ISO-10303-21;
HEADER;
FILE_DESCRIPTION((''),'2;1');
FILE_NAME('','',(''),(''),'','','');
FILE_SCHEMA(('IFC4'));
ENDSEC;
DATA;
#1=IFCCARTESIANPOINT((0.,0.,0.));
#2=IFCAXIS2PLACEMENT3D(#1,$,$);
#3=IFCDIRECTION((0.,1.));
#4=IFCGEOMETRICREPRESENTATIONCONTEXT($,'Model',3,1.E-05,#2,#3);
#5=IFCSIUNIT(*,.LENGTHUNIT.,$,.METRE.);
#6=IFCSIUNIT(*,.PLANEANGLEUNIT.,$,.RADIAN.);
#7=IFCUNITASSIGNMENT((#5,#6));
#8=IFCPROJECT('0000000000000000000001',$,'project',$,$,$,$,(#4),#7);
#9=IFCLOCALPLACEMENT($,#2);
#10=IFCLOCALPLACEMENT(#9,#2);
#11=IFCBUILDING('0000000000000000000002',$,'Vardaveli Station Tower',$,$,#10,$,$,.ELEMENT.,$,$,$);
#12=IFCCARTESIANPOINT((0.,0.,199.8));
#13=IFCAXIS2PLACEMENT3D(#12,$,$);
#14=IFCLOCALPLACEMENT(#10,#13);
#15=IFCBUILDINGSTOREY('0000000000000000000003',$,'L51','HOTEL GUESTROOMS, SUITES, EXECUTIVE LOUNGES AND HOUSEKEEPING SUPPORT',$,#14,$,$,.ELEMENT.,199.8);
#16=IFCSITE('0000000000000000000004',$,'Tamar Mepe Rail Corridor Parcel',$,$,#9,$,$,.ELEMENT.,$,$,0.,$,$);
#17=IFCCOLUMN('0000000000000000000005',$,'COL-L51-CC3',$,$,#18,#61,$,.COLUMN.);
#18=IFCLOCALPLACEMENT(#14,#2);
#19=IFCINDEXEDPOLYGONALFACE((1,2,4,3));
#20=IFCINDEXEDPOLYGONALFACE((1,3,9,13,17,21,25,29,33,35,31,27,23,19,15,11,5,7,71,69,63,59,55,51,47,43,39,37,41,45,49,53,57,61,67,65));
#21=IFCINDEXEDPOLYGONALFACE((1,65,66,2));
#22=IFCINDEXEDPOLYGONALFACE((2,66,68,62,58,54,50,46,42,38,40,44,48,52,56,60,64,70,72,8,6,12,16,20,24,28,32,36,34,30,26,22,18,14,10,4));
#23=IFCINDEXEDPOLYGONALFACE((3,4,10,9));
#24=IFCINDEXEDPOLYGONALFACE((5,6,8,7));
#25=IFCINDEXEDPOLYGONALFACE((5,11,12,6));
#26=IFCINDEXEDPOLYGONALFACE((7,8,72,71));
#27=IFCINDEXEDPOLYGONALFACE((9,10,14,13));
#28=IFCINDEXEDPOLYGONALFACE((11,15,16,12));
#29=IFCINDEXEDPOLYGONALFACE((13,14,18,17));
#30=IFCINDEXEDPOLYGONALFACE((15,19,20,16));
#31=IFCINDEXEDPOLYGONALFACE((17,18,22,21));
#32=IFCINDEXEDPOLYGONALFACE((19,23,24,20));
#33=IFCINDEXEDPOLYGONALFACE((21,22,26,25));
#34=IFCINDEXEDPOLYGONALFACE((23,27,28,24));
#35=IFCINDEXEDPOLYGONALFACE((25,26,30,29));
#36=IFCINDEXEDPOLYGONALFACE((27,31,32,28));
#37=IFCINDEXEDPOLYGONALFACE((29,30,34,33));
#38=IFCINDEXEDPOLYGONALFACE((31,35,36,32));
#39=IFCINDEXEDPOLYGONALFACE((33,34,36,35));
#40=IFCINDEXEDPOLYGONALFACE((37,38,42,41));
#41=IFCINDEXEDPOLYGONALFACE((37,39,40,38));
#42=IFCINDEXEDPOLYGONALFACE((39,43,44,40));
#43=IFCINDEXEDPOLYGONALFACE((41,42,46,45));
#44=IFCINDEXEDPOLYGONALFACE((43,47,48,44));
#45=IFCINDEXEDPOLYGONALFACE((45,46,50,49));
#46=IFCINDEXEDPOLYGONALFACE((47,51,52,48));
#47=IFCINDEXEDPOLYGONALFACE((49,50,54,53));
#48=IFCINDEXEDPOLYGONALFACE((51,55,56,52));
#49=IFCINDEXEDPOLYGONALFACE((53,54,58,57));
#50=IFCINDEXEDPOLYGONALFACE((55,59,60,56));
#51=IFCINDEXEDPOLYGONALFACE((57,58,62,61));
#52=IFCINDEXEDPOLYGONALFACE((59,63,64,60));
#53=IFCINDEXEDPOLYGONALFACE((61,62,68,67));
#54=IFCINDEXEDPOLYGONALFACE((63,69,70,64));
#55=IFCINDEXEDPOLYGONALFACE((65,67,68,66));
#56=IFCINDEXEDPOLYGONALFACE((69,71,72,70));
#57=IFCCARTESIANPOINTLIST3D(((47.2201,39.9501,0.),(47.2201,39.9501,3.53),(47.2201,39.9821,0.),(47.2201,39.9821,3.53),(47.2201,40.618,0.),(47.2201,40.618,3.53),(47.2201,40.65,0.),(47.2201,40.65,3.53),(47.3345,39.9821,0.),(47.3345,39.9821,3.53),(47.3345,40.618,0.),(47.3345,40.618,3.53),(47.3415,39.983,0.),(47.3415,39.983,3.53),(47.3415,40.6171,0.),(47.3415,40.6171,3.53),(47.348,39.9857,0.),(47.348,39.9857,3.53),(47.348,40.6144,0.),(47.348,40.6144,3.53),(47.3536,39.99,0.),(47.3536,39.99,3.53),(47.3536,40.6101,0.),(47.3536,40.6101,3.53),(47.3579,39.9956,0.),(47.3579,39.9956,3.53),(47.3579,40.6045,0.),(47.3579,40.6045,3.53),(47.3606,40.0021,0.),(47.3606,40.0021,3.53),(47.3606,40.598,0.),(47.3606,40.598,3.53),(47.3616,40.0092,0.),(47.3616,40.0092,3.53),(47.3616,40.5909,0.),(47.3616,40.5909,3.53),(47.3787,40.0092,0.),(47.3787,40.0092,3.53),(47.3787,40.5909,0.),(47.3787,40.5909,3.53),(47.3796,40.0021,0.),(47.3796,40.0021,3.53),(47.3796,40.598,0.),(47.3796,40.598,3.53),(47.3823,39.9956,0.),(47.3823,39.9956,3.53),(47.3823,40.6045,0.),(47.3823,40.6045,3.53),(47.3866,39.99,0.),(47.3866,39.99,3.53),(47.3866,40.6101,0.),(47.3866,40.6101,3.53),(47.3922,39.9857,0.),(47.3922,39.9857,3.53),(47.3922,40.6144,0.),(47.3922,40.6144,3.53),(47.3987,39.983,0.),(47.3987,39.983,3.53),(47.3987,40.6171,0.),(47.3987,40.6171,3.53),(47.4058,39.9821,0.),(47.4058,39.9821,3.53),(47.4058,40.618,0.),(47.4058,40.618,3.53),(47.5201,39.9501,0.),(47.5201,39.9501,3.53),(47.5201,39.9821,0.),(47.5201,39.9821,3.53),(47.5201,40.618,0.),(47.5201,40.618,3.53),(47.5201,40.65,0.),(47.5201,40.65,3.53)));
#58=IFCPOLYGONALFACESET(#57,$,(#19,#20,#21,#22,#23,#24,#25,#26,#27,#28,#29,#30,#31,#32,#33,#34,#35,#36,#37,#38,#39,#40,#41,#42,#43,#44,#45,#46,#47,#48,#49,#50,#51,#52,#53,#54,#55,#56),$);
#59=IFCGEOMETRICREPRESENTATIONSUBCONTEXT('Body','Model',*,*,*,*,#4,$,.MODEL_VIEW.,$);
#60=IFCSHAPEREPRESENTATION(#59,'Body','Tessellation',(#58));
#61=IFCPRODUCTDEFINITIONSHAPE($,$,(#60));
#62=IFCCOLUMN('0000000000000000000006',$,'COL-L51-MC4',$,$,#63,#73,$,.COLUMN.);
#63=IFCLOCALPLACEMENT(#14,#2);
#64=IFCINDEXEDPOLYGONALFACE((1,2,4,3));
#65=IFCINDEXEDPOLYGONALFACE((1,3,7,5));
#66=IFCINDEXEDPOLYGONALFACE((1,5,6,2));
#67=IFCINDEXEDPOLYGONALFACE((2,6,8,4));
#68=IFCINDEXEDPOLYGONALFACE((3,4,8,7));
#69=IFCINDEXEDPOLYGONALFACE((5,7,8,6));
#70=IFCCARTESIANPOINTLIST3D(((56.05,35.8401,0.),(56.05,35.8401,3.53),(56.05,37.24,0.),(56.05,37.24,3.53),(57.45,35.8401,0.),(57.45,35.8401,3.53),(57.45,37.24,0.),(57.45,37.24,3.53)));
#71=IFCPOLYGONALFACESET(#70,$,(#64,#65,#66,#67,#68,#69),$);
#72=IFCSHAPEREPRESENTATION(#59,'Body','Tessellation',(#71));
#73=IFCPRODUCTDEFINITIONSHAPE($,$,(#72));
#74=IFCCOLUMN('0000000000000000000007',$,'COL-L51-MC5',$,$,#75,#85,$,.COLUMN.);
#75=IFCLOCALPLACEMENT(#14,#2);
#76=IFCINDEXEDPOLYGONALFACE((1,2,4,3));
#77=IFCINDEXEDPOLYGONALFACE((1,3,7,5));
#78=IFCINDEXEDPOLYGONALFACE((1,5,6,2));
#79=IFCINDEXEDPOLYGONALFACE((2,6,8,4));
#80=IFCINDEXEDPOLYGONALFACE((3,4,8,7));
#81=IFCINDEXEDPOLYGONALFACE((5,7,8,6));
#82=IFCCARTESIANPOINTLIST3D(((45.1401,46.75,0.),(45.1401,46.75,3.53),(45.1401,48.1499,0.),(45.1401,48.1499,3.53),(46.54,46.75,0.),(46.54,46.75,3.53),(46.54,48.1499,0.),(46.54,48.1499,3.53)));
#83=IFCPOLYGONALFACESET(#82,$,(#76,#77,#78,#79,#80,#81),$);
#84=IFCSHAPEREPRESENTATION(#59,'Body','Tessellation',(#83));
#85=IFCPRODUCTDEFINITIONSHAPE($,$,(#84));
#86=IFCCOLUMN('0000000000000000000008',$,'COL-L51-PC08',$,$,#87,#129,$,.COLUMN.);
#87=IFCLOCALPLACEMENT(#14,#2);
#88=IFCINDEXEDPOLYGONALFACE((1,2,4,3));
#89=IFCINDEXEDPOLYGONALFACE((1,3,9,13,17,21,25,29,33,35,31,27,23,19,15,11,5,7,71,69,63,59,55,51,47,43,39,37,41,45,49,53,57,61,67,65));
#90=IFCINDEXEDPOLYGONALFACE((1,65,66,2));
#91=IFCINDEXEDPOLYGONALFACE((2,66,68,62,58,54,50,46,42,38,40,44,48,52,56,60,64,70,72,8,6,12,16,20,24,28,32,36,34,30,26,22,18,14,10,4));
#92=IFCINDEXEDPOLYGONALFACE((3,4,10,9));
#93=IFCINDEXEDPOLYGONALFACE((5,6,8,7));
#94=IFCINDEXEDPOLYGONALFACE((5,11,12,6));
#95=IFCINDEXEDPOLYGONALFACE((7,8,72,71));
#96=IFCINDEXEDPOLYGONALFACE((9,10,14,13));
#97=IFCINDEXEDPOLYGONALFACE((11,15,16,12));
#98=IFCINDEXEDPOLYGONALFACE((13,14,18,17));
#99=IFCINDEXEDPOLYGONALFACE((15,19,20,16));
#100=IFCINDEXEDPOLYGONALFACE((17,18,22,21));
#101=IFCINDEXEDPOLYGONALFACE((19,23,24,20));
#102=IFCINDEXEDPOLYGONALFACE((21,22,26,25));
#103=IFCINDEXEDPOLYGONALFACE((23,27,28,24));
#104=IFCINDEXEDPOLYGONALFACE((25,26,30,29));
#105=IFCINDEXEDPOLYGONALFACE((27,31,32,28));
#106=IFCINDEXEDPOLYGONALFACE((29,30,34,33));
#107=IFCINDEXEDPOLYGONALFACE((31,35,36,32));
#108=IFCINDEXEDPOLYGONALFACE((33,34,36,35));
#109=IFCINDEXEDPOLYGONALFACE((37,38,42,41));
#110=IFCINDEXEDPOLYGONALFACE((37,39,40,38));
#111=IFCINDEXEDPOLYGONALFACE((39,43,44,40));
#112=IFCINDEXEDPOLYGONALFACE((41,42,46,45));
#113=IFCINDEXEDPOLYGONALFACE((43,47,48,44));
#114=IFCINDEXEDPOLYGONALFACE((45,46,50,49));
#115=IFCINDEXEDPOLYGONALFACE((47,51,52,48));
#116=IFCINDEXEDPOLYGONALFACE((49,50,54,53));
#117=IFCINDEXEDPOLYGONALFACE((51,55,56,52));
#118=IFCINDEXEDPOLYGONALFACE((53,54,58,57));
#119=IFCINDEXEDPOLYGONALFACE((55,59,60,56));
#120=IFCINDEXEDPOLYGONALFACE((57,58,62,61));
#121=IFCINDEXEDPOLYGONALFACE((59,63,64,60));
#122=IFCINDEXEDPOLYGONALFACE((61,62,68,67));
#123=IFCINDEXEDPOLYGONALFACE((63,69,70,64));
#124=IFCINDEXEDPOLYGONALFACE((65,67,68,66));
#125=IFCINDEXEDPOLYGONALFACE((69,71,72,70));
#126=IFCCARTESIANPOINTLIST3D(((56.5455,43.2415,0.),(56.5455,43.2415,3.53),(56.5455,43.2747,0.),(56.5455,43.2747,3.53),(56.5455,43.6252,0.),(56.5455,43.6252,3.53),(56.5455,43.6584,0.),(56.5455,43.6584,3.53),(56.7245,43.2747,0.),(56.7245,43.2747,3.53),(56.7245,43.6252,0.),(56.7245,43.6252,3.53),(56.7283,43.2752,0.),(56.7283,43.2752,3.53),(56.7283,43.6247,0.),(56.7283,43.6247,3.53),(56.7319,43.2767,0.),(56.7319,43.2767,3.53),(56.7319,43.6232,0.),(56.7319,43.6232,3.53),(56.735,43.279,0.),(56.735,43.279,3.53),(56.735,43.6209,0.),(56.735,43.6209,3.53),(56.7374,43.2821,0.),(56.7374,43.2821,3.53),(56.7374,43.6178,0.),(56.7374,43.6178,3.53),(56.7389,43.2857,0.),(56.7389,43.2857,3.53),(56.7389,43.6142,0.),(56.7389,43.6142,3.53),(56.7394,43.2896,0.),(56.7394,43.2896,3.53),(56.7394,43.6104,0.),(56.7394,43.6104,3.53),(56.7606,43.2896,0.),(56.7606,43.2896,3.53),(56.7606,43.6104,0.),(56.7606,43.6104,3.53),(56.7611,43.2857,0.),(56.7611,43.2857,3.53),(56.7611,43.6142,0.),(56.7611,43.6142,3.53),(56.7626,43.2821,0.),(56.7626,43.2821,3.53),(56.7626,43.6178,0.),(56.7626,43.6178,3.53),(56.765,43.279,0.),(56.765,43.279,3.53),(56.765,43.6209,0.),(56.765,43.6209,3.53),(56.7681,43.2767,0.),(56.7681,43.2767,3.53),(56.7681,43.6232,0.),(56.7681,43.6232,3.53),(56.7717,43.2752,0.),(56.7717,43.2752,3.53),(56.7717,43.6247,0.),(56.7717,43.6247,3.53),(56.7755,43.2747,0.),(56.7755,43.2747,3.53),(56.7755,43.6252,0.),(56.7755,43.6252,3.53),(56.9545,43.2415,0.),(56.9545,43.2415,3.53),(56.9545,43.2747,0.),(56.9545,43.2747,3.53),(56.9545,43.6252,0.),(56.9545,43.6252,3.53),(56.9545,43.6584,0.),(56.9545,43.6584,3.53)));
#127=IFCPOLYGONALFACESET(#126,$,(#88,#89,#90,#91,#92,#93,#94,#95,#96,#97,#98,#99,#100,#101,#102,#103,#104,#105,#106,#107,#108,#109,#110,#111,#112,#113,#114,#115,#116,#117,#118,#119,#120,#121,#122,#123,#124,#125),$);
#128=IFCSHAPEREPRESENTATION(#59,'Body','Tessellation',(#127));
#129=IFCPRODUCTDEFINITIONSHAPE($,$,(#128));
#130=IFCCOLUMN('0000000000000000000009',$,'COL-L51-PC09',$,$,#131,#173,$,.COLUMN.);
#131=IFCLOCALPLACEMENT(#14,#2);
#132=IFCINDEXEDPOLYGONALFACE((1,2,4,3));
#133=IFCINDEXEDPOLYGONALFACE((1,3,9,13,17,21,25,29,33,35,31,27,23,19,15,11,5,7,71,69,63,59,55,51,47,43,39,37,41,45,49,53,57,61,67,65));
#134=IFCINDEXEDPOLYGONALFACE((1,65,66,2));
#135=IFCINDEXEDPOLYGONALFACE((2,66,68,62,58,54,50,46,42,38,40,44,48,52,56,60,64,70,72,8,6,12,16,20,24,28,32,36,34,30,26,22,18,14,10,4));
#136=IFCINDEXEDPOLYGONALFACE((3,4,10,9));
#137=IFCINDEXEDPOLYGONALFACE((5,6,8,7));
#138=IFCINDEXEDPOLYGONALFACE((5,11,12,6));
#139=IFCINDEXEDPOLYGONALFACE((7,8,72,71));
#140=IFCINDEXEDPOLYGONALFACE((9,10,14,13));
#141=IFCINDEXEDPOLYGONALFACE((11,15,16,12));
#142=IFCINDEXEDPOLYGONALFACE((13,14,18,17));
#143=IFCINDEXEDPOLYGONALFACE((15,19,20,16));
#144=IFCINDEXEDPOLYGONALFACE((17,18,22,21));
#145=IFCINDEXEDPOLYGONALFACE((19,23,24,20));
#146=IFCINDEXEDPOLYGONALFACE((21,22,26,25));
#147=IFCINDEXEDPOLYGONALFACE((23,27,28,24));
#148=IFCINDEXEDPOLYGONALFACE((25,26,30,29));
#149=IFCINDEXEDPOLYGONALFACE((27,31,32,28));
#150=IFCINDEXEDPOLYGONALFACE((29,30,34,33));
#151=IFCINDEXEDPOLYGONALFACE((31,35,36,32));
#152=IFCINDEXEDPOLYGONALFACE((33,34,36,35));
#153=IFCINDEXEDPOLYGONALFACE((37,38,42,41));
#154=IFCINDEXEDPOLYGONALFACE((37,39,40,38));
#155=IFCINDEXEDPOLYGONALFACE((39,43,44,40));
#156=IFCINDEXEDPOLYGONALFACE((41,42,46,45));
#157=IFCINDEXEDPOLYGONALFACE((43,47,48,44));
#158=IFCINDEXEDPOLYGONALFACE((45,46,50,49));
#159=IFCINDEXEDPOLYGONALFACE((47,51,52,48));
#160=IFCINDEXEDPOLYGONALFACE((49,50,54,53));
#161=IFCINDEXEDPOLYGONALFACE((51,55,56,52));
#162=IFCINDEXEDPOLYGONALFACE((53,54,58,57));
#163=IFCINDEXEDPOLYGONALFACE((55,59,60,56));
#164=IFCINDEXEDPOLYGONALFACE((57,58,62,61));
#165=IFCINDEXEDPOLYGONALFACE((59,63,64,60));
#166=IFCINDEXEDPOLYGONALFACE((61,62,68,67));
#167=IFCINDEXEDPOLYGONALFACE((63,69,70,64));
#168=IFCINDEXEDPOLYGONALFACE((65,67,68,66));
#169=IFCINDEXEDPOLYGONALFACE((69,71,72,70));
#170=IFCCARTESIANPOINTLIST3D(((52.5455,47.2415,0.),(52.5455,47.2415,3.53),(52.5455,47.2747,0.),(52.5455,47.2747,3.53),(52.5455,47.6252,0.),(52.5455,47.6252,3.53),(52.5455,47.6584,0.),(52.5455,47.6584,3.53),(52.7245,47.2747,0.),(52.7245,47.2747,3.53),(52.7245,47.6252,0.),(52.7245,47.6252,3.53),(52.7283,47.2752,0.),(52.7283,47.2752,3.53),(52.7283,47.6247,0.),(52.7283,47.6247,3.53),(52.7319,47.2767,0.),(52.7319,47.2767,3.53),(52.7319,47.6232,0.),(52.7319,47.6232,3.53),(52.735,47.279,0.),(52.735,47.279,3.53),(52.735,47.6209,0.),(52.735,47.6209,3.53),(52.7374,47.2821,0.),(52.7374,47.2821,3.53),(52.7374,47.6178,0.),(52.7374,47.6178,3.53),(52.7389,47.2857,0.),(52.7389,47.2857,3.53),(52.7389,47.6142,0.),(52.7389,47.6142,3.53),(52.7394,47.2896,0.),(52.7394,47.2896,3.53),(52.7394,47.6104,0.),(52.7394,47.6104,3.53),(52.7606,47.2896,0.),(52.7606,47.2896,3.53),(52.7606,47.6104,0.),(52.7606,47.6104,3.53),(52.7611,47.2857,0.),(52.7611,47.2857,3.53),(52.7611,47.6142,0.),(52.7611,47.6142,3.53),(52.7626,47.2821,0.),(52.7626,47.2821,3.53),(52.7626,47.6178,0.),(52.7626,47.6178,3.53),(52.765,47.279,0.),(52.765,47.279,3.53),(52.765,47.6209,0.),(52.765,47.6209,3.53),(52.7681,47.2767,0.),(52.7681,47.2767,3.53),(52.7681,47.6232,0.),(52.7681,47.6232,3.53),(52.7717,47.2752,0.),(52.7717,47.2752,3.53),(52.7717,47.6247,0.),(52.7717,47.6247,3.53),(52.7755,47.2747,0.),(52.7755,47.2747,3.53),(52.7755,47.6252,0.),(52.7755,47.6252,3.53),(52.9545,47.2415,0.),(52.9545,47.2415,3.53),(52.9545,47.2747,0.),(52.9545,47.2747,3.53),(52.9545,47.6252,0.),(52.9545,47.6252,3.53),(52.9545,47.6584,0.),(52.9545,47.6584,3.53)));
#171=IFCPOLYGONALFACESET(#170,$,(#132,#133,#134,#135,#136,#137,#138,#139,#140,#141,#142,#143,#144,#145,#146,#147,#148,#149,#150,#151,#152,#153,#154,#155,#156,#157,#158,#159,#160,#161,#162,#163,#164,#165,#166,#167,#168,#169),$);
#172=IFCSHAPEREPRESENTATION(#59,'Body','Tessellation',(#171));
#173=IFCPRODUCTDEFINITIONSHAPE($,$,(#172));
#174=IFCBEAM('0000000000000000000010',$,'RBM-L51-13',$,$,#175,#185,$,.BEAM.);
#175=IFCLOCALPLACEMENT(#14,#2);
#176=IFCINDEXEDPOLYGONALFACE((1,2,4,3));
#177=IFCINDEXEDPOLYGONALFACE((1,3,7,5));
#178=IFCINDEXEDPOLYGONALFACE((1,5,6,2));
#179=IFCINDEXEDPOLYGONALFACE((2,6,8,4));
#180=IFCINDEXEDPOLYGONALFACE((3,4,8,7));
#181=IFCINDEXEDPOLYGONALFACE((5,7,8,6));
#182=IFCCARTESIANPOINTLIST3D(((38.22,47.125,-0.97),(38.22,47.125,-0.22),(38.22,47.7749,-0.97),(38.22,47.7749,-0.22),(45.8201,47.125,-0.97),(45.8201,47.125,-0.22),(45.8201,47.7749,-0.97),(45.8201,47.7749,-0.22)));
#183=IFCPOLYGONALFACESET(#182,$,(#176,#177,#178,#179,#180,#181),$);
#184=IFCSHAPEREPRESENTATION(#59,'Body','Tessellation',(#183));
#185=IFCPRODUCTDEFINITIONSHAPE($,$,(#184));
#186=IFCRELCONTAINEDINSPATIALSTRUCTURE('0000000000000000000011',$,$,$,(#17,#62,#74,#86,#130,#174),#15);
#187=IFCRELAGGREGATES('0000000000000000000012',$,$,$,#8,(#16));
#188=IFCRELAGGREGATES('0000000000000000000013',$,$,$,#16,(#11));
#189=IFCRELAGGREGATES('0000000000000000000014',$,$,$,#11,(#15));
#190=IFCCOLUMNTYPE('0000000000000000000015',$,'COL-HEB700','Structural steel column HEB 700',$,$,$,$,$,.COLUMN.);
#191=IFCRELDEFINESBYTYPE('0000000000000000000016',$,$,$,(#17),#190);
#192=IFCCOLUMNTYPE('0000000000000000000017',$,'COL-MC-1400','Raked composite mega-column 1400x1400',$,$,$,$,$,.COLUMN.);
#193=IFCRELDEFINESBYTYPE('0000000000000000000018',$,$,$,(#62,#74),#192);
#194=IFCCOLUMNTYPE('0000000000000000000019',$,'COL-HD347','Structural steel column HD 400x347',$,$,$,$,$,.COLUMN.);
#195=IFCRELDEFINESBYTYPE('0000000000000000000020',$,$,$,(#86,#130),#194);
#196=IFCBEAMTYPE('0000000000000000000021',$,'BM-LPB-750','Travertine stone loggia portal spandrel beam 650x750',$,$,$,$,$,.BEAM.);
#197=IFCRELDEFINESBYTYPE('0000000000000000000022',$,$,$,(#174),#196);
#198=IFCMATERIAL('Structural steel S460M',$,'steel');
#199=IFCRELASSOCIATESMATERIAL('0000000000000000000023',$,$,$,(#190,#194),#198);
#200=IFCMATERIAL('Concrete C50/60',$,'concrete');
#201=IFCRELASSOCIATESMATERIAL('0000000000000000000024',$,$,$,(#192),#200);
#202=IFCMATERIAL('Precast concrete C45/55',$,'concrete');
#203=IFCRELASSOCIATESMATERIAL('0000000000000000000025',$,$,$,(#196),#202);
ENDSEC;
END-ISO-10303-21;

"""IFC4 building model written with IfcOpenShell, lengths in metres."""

from ifc_helpers import new_model, si_unit, direction, frame, origin, origin_2d, place, context, subcontext, project, spatial, rectangle, i_section, extrude, source, transform, mapped, material, material_profile, profile_set, type_object, element, save


model = new_model("IFC4")

# Units and contexts
model_context = context("Model", 3, precision=1e-05, world=origin(), true_north=direction((0.0, 1.0)))
body_context = subcontext(model_context, "Body", "Model", "MODEL_VIEW")
ifc_project = project(units=[si_unit("LENGTHUNIT", "METRE"), si_unit("PLANEANGLEUNIT", "RADIAN")], contexts=[model_context])

# Site, building, storey
site_placement = place(None, origin())
site = spatial("IfcSite", under=ifc_project, at=site_placement, Name="Tamar Mepe Rail Corridor Parcel", CompositionType="ELEMENT", RefElevation=0.0)
building_placement = place(site_placement, origin())
building = spatial("IfcBuilding", under=site, at=building_placement, Name="Vardaveli Station Tower", CompositionType="ELEMENT")
storey_placement = place(building_placement, frame((0.0, 0.0, 199.8)))
storey = spatial("IfcBuildingStorey", under=building, at=storey_placement, Name="L51", Description="HOTEL GUESTROOMS, SUITES, EXECUTIVE LOUNGES AND HOUSEKEEPING SUPPORT", CompositionType="ELEMENT", Elevation=199.8)

# Columns
ifc_material_1 = material(Name="Structural steel S460M", Category="steel")
ifc_material_profile_1 = material_profile(ifc_material_1, i_section(OverallWidth=0.3, OverallDepth=0.7, WebThickness=0.0171, FlangeThickness=0.032, FilletRadius=0.0271, at=origin_2d()), Name="HEB 700")
ifc_profile_set_1 = profile_set([ifc_material_profile_1], Name="Structural steel S460M")
column_type_1 = type_object("IfcColumnType", Name="COL-HEB700", Description="Structural steel column HEB 700", PredefinedType="COLUMN", material=ifc_profile_set_1)
shared_shape_1 = source(origin(), body_context, "Body", "SweptSolid", [
    extrude(i_section(OverallWidth=0.3, OverallDepth=0.7, WebThickness=0.0171, FlangeThickness=0.032, FilletRadius=0.0271, at=origin_2d()), origin(), (0.0, 0.0, 1.0), 3.53),
])
column_placement = place(storey_placement, frame((47.3701, 40.3, 0.0), z_axis=(0.0, 0.0, 1.0), x_axis=(1.0, 0.0, 0.0)))
element("IfcColumn", 1, at=column_placement, inside=storey, type_object=column_type_1, Name="COL-L51-CC3", PredefinedType="COLUMN", context=body_context, shape_type="MappedRepresentation", body=[
    mapped(shared_shape_1, transform((0.0, 0.0, 0.0), scale=1.0)),
])
ifc_material_2 = material(Name="Concrete C50/60", Category="concrete")
ifc_material_profile_2 = material_profile(ifc_material_2, rectangle(XDim=1.3999, YDim=1.3999, at=origin_2d()), Name="MC 1400x1400")
ifc_profile_set_2 = profile_set([ifc_material_profile_2], Name="Concrete C50/60")
column_type_2 = type_object("IfcColumnType", Name="COL-MC-1400", Description="Raked composite mega-column 1400x1400", PredefinedType="COLUMN", material=ifc_profile_set_2)
shared_shape_2 = source(origin(), body_context, "Body", "SweptSolid", [
    extrude(rectangle(XDim=1.3999, YDim=1.3999, at=origin_2d()), origin(), (0.0, 0.0, 1.0), 3.53),
])
for number, where, z_axis, x_axis, name in (
    (2, (56.75, 36.54, 0.0), (0.0, 0.0, 1.0), (1.0, 0.0, 0.0), "COL-L51-MC4"),
    (3, (45.8401, 47.45, 0.0), (0.0, 0.0, 1.0), (1.0, 0.0, 0.0), "COL-L51-MC5"),
):
    element("IfcColumn", number, at=place(storey_placement, frame(where, z_axis=z_axis, x_axis=x_axis)), inside=storey, type_object=column_type_2, Name=name, PredefinedType="COLUMN", context=body_context, shape_type="MappedRepresentation", body=[
        mapped(shared_shape_2, transform((0.0, 0.0, 0.0), scale=1.0)),
    ])
ifc_material_profile_3 = material_profile(ifc_material_1, i_section(OverallWidth=0.4089, OverallDepth=0.417, WebThickness=0.0212, FlangeThickness=0.0332, FilletRadius=0.0149, at=origin_2d()), Name="HD 400x347")
ifc_profile_set_3 = profile_set([ifc_material_profile_3], Name="Structural steel S460M")
column_type_3 = type_object("IfcColumnType", Name="COL-HD347", Description="Structural steel column HD 400x347", PredefinedType="COLUMN", material=ifc_profile_set_3)
shared_shape_3 = source(origin(), body_context, "Body", "SweptSolid", [
    extrude(i_section(OverallWidth=0.4089, OverallDepth=0.417, WebThickness=0.0212, FlangeThickness=0.0332, FilletRadius=0.0149, at=origin_2d()), origin(), (0.0, 0.0, 1.0), 3.53),
])
for number, where, z_axis, x_axis, name in (
    (4, (56.75, 43.45, 0.0), (0.0, 0.0, 1.0), (1.0, 0.0, 0.0), "COL-L51-PC08"),
    (5, (52.75, 47.45, 0.0), (0.0, 0.0, 1.0), (1.0, 0.0, 0.0), "COL-L51-PC09"),
):
    element("IfcColumn", number, at=place(storey_placement, frame(where, z_axis=z_axis, x_axis=x_axis)), inside=storey, type_object=column_type_3, Name=name, PredefinedType="COLUMN", context=body_context, shape_type="MappedRepresentation", body=[
        mapped(shared_shape_3, transform((0.0, 0.0, 0.0), scale=1.0)),
    ])

# Beam
ifc_material_3 = material(Name="Precast concrete C45/55", Category="concrete")
ifc_material_profile_4 = material_profile(ifc_material_3, rectangle(XDim=0.6499, YDim=0.75, at=origin_2d()), Name="LPB 650x750")
ifc_profile_set_4 = profile_set([ifc_material_profile_4], Name="Precast concrete C45/55")
beam_type = type_object("IfcBeamType", Name="BM-LPB-750", Description="Travertine stone loggia portal spandrel beam 650x750", PredefinedType="BEAM", material=ifc_profile_set_4)
shared_shape_4 = source(origin(), body_context, "Body", "SweptSolid", [
    extrude(rectangle(XDim=0.6499, YDim=0.75, at=origin_2d()), origin(), (0.0, 0.0, 1.0), 7.6001),
])
beam_1_placement = place(storey_placement, frame((45.8201, 47.45, -0.595), z_axis=(-1.0, 0.0, 0.0), x_axis=(0.0, -1.0, 0.0)))
element("IfcBeam", 6, at=beam_1_placement, inside=storey, type_object=beam_type, Name="RBM-L51-13", PredefinedType="BEAM", context=body_context, shape_type="MappedRepresentation", body=[
    mapped(shared_shape_4, transform((0.0, 0.0, 0.0), scale=1.0)),
])

save(model, "model.ifc")
